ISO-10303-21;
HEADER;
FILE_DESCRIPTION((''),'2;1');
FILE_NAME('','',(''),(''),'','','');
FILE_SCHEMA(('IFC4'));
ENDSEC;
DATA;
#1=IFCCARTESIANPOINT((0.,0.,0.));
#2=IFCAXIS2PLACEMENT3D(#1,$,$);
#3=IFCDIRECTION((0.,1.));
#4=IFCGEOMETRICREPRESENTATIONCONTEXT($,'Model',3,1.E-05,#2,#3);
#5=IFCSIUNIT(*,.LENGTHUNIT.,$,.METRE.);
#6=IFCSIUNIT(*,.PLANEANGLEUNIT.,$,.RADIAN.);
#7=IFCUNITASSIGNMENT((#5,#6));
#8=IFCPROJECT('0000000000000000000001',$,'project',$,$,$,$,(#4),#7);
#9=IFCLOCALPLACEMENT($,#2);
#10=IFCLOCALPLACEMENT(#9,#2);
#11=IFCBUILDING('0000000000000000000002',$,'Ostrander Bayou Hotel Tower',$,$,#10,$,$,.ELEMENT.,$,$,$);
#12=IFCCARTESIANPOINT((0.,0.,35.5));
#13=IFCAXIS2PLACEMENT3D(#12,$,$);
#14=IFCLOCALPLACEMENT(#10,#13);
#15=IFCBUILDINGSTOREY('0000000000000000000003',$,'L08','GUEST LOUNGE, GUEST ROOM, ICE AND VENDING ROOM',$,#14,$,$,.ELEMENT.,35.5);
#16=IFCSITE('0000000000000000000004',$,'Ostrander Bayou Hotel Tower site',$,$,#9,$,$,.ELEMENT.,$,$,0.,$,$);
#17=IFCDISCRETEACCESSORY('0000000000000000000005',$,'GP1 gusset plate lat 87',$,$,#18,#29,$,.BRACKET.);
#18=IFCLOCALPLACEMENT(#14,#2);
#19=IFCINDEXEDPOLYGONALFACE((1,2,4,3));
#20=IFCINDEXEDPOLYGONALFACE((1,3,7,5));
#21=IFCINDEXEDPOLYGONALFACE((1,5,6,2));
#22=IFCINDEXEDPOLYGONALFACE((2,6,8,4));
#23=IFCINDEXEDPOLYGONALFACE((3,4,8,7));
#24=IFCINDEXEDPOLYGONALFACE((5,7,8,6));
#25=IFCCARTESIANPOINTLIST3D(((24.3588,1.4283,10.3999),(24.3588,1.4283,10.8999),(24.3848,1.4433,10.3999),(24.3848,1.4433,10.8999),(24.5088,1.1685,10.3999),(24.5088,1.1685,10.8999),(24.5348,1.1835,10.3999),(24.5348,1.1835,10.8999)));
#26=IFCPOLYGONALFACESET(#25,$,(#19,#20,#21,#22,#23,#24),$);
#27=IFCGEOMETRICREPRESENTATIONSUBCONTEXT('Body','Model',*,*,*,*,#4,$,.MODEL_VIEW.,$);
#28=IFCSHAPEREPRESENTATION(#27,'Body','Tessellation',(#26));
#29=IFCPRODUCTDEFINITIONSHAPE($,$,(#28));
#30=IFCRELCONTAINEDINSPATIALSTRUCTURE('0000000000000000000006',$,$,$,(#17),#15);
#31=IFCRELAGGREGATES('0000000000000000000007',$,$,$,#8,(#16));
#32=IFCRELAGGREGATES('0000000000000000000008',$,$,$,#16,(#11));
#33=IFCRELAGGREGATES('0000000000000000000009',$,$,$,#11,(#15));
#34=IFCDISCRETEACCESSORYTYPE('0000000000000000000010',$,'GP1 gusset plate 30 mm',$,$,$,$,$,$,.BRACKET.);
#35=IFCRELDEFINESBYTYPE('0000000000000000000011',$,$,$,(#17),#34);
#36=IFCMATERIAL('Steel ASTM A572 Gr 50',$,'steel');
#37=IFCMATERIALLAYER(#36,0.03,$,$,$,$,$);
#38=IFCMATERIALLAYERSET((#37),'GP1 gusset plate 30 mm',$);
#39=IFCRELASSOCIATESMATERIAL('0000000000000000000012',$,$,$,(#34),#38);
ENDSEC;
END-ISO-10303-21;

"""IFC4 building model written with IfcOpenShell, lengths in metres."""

from ifc_helpers import new_model, si_unit, direction, frame, origin, origin_2d, place, context, subcontext, project, spatial, rectangle, extrude, material, layer, layer_set, type_object, element, save


model = new_model("IFC4")

# Units and contexts
model_context = context("Model", 3, precision=1e-05, world=origin(), true_north=direction((0.0, 1.0)))
body_context = subcontext(model_context, "Body", "Model", "MODEL_VIEW")
ifc_project = project(units=[si_unit("LENGTHUNIT", "METRE"), si_unit("PLANEANGLEUNIT", "RADIAN")], contexts=[model_context])

# Site, building, storey
site_placement = place(None, origin())
site = spatial("IfcSite", under=ifc_project, at=site_placement, Name="Ostrander Bayou Hotel Tower site", CompositionType="ELEMENT", RefElevation=0.0)
building_placement = place(site_placement, origin())
building = spatial("IfcBuilding", under=site, at=building_placement, Name="Ostrander Bayou Hotel Tower", CompositionType="ELEMENT")
storey_placement = place(building_placement, frame((0.0, 0.0, 35.5)))
storey = spatial("IfcBuildingStorey", under=building, at=storey_placement, Name="L08", Description="GUEST LOUNGE, GUEST ROOM, ICE AND VENDING ROOM", CompositionType="ELEMENT", Elevation=35.5)

# Discrete accessory
ifc_material_1 = material(Name="Steel ASTM A572 Gr 50", Category="steel")
ifc_layer_1 = layer(ifc_material_1, 0.03)
ifc_layer_set_1 = layer_set([ifc_layer_1], Name="GP1 gusset plate 30 mm")
discrete_accessory_type = type_object("IfcDiscreteAccessoryType", Name="GP1 gusset plate 30 mm", PredefinedType="BRACKET", material=ifc_layer_set_1)
for number, where, z_axis, x_axis, name in (
    (1, (24.4468, 1.3059, 10.3999), (0.0, 0.0, 1.0), (-0.5, 0.866025, 0.0), "GP1 gusset plate lat 87"),
):
    element("IfcDiscreteAccessory", number, at=place(storey_placement, frame(where, z_axis=z_axis, x_axis=x_axis)), inside=storey, type_object=discrete_accessory_type, Name=name, PredefinedType="BRACKET", context=body_context, shape_type="SweptSolid", body=[
        extrude(rectangle(XDim=0.3, YDim=0.03, at=origin_2d()), origin(), (0.0, 0.0, 1.0), 0.5),
    ])

save(model, "model.ifc")
